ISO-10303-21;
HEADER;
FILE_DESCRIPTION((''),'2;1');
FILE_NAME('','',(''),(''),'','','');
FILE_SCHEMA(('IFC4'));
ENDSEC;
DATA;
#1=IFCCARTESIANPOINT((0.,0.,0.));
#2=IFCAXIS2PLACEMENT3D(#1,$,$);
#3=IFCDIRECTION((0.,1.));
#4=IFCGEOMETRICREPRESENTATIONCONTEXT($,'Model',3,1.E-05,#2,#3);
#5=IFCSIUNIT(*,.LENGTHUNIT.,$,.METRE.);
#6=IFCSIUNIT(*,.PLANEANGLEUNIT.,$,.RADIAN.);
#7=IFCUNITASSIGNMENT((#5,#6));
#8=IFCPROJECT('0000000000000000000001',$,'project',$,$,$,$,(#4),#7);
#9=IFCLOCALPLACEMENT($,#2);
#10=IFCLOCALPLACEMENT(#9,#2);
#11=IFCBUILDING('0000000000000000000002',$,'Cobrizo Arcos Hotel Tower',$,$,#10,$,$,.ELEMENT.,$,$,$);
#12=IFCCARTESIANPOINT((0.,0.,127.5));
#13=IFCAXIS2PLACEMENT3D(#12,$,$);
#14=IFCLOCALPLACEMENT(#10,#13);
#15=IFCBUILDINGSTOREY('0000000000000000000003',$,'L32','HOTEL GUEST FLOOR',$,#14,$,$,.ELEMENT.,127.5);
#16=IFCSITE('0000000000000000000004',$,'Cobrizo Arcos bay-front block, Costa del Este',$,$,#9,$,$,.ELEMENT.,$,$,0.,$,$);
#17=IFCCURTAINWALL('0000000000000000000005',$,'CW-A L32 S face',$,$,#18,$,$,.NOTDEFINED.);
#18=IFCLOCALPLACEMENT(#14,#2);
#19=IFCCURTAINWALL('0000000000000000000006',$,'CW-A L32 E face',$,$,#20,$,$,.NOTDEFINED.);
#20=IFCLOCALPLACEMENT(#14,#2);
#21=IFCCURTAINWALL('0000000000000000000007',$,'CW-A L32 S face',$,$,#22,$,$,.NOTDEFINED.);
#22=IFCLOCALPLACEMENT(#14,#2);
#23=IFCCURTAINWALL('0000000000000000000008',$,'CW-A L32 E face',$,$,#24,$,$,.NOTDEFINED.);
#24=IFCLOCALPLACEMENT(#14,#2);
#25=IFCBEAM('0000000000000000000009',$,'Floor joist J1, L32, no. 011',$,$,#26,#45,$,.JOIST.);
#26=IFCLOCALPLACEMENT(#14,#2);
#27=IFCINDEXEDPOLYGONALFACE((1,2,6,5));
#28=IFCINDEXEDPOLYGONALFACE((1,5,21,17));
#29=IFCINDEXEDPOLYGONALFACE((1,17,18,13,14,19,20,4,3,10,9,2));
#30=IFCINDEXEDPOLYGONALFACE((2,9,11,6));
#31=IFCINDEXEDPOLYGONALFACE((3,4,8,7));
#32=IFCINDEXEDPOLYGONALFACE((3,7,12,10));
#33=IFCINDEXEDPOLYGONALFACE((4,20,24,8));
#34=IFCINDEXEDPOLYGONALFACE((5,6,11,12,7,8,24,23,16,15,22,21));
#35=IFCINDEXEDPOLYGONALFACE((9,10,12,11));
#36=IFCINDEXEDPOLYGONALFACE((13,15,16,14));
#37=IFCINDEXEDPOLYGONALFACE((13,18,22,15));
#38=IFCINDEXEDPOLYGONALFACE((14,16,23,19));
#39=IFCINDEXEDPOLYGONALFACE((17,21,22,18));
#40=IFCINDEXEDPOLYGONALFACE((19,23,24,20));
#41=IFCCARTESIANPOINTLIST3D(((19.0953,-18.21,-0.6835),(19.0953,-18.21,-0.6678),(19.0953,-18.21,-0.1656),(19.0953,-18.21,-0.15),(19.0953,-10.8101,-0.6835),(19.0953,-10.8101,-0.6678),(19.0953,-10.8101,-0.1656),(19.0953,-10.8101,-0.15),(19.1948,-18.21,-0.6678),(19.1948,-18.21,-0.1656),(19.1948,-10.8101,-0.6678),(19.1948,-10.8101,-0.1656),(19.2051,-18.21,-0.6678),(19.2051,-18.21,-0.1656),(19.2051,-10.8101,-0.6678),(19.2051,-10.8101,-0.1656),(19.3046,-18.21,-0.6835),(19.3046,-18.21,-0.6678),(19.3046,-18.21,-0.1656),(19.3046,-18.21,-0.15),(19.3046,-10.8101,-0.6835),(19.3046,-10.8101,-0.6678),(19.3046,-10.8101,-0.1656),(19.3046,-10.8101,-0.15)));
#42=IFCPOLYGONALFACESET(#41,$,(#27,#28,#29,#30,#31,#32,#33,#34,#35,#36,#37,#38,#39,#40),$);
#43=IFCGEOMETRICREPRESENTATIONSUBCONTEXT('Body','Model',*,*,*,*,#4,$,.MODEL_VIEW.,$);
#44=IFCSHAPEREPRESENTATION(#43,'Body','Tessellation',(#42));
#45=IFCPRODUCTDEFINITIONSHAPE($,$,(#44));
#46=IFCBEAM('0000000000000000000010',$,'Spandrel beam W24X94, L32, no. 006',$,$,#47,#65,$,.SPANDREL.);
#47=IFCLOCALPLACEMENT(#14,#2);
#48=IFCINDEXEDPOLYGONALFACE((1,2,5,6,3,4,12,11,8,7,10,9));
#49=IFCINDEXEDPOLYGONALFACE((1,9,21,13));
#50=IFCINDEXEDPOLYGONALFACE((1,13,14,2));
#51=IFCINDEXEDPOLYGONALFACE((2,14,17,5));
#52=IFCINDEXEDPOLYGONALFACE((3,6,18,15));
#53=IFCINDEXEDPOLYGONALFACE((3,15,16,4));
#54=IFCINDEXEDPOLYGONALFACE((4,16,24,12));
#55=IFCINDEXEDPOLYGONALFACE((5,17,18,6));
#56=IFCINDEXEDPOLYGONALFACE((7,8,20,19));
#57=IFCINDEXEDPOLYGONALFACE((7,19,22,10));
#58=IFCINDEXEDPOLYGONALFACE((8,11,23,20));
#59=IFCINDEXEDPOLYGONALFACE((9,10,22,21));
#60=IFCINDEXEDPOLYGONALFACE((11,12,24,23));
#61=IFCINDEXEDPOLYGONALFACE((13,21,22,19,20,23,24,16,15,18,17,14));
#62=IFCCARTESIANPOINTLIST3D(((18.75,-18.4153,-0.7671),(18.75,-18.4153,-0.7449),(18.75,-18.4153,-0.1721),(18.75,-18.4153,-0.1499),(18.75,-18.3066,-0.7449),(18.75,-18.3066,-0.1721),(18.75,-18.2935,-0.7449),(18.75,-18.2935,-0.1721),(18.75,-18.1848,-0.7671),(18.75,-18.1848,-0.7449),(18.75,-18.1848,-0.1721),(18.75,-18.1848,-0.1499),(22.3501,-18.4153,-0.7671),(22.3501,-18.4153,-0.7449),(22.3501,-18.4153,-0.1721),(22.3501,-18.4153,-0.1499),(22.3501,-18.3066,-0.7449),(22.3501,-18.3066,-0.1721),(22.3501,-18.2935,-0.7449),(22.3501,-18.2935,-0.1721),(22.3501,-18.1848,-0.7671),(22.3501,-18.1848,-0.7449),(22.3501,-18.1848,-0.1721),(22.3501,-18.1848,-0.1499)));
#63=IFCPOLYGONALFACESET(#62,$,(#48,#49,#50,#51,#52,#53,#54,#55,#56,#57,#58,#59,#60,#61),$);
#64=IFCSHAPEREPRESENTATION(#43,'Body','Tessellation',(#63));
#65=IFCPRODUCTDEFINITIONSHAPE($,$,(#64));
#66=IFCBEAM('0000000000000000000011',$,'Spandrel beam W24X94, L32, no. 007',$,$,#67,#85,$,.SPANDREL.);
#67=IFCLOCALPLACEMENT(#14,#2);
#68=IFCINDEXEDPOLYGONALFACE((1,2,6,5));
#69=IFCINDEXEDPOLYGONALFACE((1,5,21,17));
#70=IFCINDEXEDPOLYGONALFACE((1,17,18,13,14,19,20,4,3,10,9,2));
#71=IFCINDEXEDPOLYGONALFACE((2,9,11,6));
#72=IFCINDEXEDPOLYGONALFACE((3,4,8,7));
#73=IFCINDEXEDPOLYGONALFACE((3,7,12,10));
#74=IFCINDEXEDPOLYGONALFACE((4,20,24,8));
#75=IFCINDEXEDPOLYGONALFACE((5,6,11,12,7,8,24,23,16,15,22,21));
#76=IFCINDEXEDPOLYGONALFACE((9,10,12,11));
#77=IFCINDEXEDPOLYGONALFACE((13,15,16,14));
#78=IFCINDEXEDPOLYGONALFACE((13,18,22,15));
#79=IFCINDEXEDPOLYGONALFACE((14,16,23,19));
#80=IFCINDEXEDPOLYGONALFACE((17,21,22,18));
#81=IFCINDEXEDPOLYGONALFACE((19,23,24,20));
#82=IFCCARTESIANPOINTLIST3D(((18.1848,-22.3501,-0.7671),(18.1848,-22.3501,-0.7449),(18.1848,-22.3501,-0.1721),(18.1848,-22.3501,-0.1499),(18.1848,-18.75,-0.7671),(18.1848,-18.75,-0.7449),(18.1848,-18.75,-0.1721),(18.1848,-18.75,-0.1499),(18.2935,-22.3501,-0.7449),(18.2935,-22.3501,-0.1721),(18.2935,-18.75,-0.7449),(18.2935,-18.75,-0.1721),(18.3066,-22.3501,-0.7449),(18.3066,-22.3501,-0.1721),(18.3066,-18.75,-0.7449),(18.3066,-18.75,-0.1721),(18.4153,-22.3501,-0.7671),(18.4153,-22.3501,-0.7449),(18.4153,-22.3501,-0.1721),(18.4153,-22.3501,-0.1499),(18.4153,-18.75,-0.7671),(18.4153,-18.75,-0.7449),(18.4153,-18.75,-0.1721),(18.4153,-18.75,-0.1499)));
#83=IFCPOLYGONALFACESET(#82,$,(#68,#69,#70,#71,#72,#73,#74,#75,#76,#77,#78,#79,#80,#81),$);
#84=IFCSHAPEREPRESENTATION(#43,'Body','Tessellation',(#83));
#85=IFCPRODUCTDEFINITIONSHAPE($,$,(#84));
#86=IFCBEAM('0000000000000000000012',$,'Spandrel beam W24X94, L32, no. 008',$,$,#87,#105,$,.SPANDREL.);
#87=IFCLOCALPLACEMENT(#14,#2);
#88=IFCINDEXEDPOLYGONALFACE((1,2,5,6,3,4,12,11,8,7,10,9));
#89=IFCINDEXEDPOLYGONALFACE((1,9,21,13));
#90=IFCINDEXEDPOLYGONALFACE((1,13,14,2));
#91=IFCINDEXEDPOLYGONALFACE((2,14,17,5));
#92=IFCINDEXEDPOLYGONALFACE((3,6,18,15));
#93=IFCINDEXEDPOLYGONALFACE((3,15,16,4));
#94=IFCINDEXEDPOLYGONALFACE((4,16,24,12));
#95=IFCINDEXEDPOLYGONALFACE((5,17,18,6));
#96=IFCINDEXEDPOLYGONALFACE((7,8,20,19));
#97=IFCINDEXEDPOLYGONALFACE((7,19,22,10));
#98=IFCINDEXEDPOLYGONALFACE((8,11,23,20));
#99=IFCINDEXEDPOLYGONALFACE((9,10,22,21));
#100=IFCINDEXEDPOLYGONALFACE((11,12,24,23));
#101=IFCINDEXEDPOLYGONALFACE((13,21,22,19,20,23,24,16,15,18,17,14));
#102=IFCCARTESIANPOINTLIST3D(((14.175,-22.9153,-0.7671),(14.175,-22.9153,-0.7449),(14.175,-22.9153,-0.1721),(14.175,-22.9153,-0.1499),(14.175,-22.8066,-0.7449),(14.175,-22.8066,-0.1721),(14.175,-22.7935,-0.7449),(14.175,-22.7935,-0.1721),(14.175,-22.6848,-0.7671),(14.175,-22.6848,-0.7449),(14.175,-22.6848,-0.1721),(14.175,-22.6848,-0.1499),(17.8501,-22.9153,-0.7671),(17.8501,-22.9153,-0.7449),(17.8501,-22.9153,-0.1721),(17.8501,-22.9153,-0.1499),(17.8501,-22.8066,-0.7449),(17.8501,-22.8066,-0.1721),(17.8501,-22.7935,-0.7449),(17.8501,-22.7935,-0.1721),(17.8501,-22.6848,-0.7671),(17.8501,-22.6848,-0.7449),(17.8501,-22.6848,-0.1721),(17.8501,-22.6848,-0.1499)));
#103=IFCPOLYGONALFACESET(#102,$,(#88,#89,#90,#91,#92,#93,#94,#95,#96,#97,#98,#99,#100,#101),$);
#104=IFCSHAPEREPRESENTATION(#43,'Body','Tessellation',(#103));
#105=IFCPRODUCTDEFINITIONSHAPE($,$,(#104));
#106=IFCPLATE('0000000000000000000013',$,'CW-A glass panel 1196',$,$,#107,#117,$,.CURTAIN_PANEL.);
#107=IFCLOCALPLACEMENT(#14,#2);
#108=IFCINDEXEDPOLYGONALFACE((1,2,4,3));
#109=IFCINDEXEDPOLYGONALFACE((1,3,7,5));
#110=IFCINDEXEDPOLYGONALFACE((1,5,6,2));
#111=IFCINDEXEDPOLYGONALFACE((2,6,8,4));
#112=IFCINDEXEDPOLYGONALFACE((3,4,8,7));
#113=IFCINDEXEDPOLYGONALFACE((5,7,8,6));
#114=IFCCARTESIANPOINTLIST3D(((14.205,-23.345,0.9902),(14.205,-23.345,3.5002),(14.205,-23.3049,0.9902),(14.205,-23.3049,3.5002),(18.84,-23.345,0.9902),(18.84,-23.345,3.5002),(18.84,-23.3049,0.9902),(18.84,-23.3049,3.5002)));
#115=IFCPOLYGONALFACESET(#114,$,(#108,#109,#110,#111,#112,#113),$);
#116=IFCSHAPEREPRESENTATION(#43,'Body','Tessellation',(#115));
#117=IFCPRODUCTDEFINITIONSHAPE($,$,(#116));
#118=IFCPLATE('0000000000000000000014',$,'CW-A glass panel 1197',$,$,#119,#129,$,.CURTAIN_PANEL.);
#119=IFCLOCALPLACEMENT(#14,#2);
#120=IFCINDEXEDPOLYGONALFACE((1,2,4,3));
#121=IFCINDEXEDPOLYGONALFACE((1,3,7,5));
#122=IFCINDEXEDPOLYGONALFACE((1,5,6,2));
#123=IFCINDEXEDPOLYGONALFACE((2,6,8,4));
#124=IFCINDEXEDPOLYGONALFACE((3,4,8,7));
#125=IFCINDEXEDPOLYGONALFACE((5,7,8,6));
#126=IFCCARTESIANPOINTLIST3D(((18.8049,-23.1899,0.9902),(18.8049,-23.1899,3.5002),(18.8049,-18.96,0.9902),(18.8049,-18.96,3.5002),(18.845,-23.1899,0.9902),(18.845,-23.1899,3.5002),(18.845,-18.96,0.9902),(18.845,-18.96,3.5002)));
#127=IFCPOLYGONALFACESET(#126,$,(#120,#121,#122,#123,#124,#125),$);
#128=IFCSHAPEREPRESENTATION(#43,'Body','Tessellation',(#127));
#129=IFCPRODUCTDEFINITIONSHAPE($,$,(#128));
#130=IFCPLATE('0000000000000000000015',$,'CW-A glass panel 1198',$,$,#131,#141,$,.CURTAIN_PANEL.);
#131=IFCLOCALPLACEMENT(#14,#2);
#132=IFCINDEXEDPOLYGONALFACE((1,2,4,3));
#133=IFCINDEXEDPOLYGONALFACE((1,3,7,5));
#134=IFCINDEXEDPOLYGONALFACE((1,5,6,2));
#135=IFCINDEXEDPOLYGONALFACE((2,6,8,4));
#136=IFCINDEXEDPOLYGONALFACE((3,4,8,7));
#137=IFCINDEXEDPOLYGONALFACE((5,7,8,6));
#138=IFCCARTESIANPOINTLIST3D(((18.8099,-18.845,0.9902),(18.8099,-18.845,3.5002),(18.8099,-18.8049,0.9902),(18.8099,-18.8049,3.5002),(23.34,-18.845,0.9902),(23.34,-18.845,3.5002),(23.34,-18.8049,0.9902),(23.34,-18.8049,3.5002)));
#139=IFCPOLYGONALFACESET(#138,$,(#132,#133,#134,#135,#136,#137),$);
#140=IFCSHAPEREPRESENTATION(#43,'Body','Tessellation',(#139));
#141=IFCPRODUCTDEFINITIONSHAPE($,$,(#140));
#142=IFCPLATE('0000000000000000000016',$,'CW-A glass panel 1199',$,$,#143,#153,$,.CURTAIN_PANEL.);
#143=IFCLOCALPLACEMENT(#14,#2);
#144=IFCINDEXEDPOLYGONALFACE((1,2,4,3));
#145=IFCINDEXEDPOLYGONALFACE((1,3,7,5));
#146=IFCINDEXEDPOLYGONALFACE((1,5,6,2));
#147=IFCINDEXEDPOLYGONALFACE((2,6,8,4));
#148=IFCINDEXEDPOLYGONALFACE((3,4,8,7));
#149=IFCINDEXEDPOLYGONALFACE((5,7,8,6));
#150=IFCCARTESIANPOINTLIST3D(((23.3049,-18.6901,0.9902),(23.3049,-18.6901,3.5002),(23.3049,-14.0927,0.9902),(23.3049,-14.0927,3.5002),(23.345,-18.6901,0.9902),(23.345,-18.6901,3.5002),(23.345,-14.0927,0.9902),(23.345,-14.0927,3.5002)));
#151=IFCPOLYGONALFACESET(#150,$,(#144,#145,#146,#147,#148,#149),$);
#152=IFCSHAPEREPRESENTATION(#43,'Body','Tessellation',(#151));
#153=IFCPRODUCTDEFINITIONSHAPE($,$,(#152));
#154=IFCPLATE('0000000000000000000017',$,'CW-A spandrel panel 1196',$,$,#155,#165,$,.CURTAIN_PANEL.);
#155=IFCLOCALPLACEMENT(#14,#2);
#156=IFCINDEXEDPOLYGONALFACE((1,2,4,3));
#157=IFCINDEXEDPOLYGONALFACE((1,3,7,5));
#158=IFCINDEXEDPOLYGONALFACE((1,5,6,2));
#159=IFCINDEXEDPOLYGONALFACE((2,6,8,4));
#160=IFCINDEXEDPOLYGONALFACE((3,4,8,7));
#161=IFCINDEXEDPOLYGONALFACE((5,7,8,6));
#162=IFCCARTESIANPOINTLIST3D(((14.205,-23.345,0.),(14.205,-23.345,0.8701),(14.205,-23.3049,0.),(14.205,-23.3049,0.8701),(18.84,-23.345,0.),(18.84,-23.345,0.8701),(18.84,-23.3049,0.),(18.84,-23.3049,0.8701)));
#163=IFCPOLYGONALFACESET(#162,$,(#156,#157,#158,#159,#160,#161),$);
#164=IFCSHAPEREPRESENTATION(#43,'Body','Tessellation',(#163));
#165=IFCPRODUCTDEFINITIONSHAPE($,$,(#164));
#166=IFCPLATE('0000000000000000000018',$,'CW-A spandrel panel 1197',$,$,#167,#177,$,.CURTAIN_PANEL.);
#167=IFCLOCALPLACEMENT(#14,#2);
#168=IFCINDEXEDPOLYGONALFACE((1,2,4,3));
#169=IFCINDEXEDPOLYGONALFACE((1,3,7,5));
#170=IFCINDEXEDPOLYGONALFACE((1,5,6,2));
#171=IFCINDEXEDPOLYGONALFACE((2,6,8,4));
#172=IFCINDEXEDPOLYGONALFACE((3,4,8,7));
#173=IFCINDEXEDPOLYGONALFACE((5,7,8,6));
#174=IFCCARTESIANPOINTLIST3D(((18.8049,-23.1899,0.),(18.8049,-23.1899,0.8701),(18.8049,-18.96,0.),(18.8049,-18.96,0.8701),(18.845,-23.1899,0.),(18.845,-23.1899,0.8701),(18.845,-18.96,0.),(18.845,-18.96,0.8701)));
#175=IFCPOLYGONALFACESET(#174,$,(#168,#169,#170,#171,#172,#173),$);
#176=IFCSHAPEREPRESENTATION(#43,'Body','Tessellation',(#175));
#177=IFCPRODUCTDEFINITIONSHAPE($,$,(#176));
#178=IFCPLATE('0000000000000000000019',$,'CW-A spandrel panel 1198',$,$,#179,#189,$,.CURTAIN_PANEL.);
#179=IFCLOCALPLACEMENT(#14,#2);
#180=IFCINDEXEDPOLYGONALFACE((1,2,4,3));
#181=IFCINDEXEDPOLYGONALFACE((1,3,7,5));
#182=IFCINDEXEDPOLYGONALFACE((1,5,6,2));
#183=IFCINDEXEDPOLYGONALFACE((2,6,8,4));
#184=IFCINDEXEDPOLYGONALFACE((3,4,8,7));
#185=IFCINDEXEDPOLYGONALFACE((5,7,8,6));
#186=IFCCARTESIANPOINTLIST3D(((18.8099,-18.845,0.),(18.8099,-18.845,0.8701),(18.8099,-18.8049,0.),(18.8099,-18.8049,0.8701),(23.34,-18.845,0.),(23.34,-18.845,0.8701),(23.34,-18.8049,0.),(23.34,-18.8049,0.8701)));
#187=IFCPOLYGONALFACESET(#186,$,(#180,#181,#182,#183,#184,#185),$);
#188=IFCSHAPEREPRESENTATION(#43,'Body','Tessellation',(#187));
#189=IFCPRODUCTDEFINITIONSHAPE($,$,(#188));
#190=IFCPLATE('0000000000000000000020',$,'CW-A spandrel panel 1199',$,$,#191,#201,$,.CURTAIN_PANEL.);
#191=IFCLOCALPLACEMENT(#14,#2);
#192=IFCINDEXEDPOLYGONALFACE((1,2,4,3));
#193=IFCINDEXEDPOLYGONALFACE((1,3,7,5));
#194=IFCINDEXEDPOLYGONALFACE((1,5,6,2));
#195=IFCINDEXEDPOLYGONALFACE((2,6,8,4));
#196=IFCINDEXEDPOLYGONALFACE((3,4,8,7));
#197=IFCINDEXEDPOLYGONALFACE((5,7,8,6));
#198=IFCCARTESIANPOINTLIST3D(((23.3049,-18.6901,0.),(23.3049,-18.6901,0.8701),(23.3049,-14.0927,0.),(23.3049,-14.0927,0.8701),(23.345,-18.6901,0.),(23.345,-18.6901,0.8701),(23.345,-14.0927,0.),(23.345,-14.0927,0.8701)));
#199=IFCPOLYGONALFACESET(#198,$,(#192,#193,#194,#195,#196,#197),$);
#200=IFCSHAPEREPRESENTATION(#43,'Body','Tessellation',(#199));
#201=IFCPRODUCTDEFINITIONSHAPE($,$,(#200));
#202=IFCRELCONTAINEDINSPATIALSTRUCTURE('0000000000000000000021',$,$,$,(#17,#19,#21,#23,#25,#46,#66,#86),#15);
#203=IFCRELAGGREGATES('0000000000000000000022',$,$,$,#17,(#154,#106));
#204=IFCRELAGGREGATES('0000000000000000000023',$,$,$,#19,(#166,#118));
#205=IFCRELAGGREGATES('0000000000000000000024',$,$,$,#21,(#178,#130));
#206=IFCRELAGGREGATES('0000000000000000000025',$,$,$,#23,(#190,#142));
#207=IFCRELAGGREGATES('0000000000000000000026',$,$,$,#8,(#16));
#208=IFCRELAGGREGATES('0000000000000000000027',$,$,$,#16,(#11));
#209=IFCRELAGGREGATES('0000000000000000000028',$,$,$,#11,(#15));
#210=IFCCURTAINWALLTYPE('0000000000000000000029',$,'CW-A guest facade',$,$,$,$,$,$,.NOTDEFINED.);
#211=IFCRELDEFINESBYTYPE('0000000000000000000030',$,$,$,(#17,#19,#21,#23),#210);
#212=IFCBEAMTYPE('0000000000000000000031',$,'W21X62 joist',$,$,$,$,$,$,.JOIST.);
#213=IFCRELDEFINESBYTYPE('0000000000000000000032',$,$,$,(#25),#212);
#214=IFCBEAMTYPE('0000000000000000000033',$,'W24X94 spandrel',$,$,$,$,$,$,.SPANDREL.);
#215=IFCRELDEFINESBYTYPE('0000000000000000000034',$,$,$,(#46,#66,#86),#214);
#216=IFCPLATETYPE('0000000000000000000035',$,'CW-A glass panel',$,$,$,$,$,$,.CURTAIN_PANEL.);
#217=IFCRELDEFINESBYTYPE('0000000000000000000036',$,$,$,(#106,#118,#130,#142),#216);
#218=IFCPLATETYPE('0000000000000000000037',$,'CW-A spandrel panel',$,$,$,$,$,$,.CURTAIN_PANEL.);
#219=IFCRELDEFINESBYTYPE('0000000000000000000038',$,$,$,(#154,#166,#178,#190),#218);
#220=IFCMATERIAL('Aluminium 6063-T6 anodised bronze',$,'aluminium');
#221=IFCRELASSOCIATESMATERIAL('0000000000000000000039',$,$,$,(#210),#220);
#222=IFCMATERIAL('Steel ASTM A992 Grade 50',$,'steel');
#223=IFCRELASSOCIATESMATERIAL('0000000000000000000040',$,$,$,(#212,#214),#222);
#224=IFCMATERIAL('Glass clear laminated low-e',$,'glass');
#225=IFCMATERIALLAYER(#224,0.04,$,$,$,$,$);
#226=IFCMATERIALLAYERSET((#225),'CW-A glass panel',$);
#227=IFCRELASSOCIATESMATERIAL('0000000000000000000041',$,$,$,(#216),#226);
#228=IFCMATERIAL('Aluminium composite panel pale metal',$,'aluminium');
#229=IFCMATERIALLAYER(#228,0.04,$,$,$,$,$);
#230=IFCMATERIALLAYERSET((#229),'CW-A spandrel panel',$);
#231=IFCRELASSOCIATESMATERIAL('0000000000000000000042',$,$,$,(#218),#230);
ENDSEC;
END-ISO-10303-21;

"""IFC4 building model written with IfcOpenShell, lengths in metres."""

from ifc_helpers import new_model, si_unit, direction, frame, origin, origin_2d, place, context, subcontext, project, spatial, rectangle, i_section, extrude, material, layer, layer_set, material_profile, profile_set, type_object, element, aggregate, save


model = new_model("IFC4")

# Units and contexts
model_context = context("Model", 3, precision=1e-05, world=origin(), true_north=direction((0.0, 1.0)))
body_context = subcontext(model_context, "Body", "Model", "MODEL_VIEW")
ifc_project = project(units=[si_unit("LENGTHUNIT", "METRE"), si_unit("PLANEANGLEUNIT", "RADIAN")], contexts=[model_context])

# Site, building, storey
site_placement = place(None, origin())
site = spatial("IfcSite", under=ifc_project, at=site_placement, Name="Cobrizo Arcos bay-front block, Costa del Este", CompositionType="ELEMENT", RefElevation=0.0)
building_placement = place(site_placement, origin())
building = spatial("IfcBuilding", under=site, at=building_placement, Name="Cobrizo Arcos Hotel Tower", CompositionType="ELEMENT")
storey_placement = place(building_placement, frame((0.0, 0.0, 127.5)))
storey = spatial("IfcBuildingStorey", under=building, at=storey_placement, Name="L32", Description="HOTEL GUEST FLOOR", CompositionType="ELEMENT", Elevation=127.5)

# Curtain wall
ifc_material_1 = material(Name="Aluminium 6063-T6 anodised bronze", Category="aluminium")
curtain_wall_type = type_object("IfcCurtainWallType", Name="CW-A guest facade", PredefinedType="NOTDEFINED", material=ifc_material_1)
curtain_wall_1_placement = place(storey_placement, origin())
curtain_wall_1 = element("IfcCurtainWall", 1, at=curtain_wall_1_placement, inside=storey, type_object=curtain_wall_type, Name="CW-A L32 S face", PredefinedType="NOTDEFINED")

# Curtain walls
curtain_wall_2_placement = place(storey_placement, origin())
curtain_wall_2 = element("IfcCurtainWall", 2, at=curtain_wall_2_placement, inside=storey, type_object=curtain_wall_type, Name="CW-A L32 E face", PredefinedType="NOTDEFINED")
curtain_wall_3_placement = place(storey_placement, origin())
curtain_wall_3 = element("IfcCurtainWall", 3, at=curtain_wall_3_placement, inside=storey, type_object=curtain_wall_type, Name="CW-A L32 S face", PredefinedType="NOTDEFINED")

# Curtain wall
curtain_wall_4_placement = place(storey_placement, origin())
curtain_wall_4 = element("IfcCurtainWall", 4, at=curtain_wall_4_placement, inside=storey, type_object=curtain_wall_type, Name="CW-A L32 E face", PredefinedType="NOTDEFINED")

# Beams
ifc_material_2 = material(Name="Steel ASTM A992 Grade 50", Category="steel")
ifc_material_profile_1 = material_profile(ifc_material_2, i_section(OverallWidth=0.2092, OverallDepth=0.5334, WebThickness=0.0103, FlangeThickness=0.0156, at=origin_2d()), Name="W21X62")
ifc_profile_set_1 = profile_set([ifc_material_profile_1], Name="Steel ASTM A992 Grade 50")
beam_type_1 = type_object("IfcBeamType", Name="W21X62 joist", PredefinedType="JOIST", material=ifc_profile_set_1)
beam_1_placement = place(storey_placement, frame((19.2, -18.21, -0.4167), z_axis=(0.0, 1.0, 0.0), x_axis=(-1.0, 0.0, 0.0)))
element("IfcBeam", 5, at=beam_1_placement, inside=storey, type_object=beam_type_1, Name="Floor joist J1, L32, no. 011", PredefinedType="JOIST", context=body_context, shape_type="SweptSolid", body=[
    extrude(i_section(OverallWidth=0.2092, OverallDepth=0.5334, WebThickness=0.0103, FlangeThickness=0.0156, at=origin_2d()), origin(), (0.0, 0.0, 1.0), 7.3999),
])
ifc_material_profile_2 = material_profile(ifc_material_2, i_section(OverallWidth=0.2305, OverallDepth=0.6172, WebThickness=0.0132, FlangeThickness=0.0222, at=origin_2d()), Name="W24X94")
ifc_profile_set_2 = profile_set([ifc_material_profile_2], Name="Steel ASTM A992 Grade 50")
beam_type_2 = type_object("IfcBeamType", Name="W24X94 spandrel", PredefinedType="SPANDREL", material=ifc_profile_set_2)
for number, where, z_axis, x_axis, name in (
    (6, (22.3501, -18.3, -0.4585), (-1.0, 0.0, 0.0), (0.0, -1.0, 0.0), "Spandrel beam W24X94, L32, no. 006"),
    (7, (18.3, -18.75, -0.4585), (0.0, -1.0, 0.0), (1.0, 0.0, 0.0), "Spandrel beam W24X94, L32, no. 007"),
):
    element("IfcBeam", number, at=place(storey_placement, frame(where, z_axis=z_axis, x_axis=x_axis)), inside=storey, type_object=beam_type_2, Name=name, PredefinedType="SPANDREL", context=body_context, shape_type="SweptSolid", body=[
        extrude(i_section(OverallWidth=0.2305, OverallDepth=0.6172, WebThickness=0.0132, FlangeThickness=0.0222, at=origin_2d()), origin(), (0.0, 0.0, 1.0), 3.6001),
    ])
beam_2_placement = place(storey_placement, frame((17.8501, -22.8, -0.4585), z_axis=(-1.0, 0.0, 0.0), x_axis=(0.0, -1.0, 0.0)))
element("IfcBeam", 8, at=beam_2_placement, inside=storey, type_object=beam_type_2, Name="Spandrel beam W24X94, L32, no. 008", PredefinedType="SPANDREL", context=body_context, shape_type="SweptSolid", body=[
    extrude(i_section(OverallWidth=0.2305, OverallDepth=0.6172, WebThickness=0.0132, FlangeThickness=0.0222, at=origin_2d()), origin(), (0.0, 0.0, 1.0), 3.675),
])

# Plates
ifc_material_3 = material(Name="Glass clear laminated low-e", Category="glass")
ifc_layer_1 = layer(ifc_material_3, 0.04)
ifc_layer_set_1 = layer_set([ifc_layer_1], Name="CW-A glass panel")
plate_type_1 = type_object("IfcPlateType", Name="CW-A glass panel", PredefinedType="CURTAIN_PANEL", material=ifc_layer_set_1)
plate_1_placement = place(storey_placement, frame((16.5225, -23.325, 0.9902), z_axis=(0.0, 0.0, 1.0), x_axis=(1.0, 0.0, 0.0)))
plate_1 = element("IfcPlate", 9, at=plate_1_placement, type_object=plate_type_1, Name="CW-A glass panel 1196", PredefinedType="CURTAIN_PANEL", context=body_context, shape_type="SweptSolid", body=[
    extrude(rectangle(XDim=4.635, YDim=0.04, at=origin_2d()), origin(), (0.0, 0.0, 1.0), 2.51),
])
plate_2_placement = place(storey_placement, frame((18.825, -21.075, 0.9902), z_axis=(0.0, 0.0, 1.0), x_axis=(0.0, 1.0, 0.0)))
plate_2 = element("IfcPlate", 10, at=plate_2_placement, type_object=plate_type_1, Name="CW-A glass panel 1197", PredefinedType="CURTAIN_PANEL", context=body_context, shape_type="SweptSolid", body=[
    extrude(rectangle(XDim=4.23, YDim=0.04, at=origin_2d()), origin(), (0.0, 0.0, 1.0), 2.51),
])
plate_3_placement = place(storey_placement, frame((21.075, -18.825, 0.9902), z_axis=(0.0, 0.0, 1.0), x_axis=(1.0, 0.0, 0.0)))
plate_3 = element("IfcPlate", 11, at=plate_3_placement, type_object=plate_type_1, Name="CW-A glass panel 1198", PredefinedType="CURTAIN_PANEL", context=body_context, shape_type="SweptSolid", body=[
    extrude(rectangle(XDim=4.53, YDim=0.04, at=origin_2d()), origin(), (0.0, 0.0, 1.0), 2.51),
])
plate_4_placement = place(storey_placement, frame((23.325, -16.3914, 0.9902), z_axis=(0.0, 0.0, 1.0), x_axis=(0.0, 1.0, 0.0)))
plate_4 = element("IfcPlate", 12, at=plate_4_placement, type_object=plate_type_1, Name="CW-A glass panel 1199", PredefinedType="CURTAIN_PANEL", context=body_context, shape_type="SweptSolid", body=[
    extrude(rectangle(XDim=4.5974, YDim=0.04, at=origin_2d()), origin(), (0.0, 0.0, 1.0), 2.51),
])
ifc_material_4 = material(Name="Aluminium composite panel pale metal", Category="aluminium")
ifc_layer_2 = layer(ifc_material_4, 0.04)
ifc_layer_set_2 = layer_set([ifc_layer_2], Name="CW-A spandrel panel")
plate_type_2 = type_object("IfcPlateType", Name="CW-A spandrel panel", PredefinedType="CURTAIN_PANEL", material=ifc_layer_set_2)
plate_5_placement = place(storey_placement, frame((16.5225, -23.325, 0.0), z_axis=(0.0, 0.0, 1.0), x_axis=(1.0, 0.0, 0.0)))
plate_5 = element("IfcPlate", 13, at=plate_5_placement, type_object=plate_type_2, Name="CW-A spandrel panel 1196", PredefinedType="CURTAIN_PANEL", context=body_context, shape_type="SweptSolid", body=[
    extrude(rectangle(XDim=4.635, YDim=0.04, at=origin_2d()), origin(), (0.0, 0.0, 1.0), 0.8701),
])
aggregate(curtain_wall_1, [plate_5, plate_1])
plate_6_placement = place(storey_placement, frame((18.825, -21.075, 0.0), z_axis=(0.0, 0.0, 1.0), x_axis=(0.0, 1.0, 0.0)))
plate_6 = element("IfcPlate", 14, at=plate_6_placement, type_object=plate_type_2, Name="CW-A spandrel panel 1197", PredefinedType="CURTAIN_PANEL", context=body_context, shape_type="SweptSolid", body=[
    extrude(rectangle(XDim=4.23, YDim=0.04, at=origin_2d()), origin(), (0.0, 0.0, 1.0), 0.8701),
])
aggregate(curtain_wall_2, [plate_6, plate_2])
plate_7_placement = place(storey_placement, frame((21.075, -18.825, 0.0), z_axis=(0.0, 0.0, 1.0), x_axis=(1.0, 0.0, 0.0)))
plate_7 = element("IfcPlate", 15, at=plate_7_placement, type_object=plate_type_2, Name="CW-A spandrel panel 1198", PredefinedType="CURTAIN_PANEL", context=body_context, shape_type="SweptSolid", body=[
    extrude(rectangle(XDim=4.53, YDim=0.04, at=origin_2d()), origin(), (0.0, 0.0, 1.0), 0.8701),
])
aggregate(curtain_wall_3, [plate_7, plate_3])
plate_8_placement = place(storey_placement, frame((23.325, -16.3914, 0.0), z_axis=(0.0, 0.0, 1.0), x_axis=(0.0, 1.0, 0.0)))
plate_8 = element("IfcPlate", 16, at=plate_8_placement, type_object=plate_type_2, Name="CW-A spandrel panel 1199", PredefinedType="CURTAIN_PANEL", context=body_context, shape_type="SweptSolid", body=[
    extrude(rectangle(XDim=4.5974, YDim=0.04, at=origin_2d()), origin(), (0.0, 0.0, 1.0), 0.8701),
])
aggregate(curtain_wall_4, [plate_8, plate_4])

save(model, "model.ifc")
